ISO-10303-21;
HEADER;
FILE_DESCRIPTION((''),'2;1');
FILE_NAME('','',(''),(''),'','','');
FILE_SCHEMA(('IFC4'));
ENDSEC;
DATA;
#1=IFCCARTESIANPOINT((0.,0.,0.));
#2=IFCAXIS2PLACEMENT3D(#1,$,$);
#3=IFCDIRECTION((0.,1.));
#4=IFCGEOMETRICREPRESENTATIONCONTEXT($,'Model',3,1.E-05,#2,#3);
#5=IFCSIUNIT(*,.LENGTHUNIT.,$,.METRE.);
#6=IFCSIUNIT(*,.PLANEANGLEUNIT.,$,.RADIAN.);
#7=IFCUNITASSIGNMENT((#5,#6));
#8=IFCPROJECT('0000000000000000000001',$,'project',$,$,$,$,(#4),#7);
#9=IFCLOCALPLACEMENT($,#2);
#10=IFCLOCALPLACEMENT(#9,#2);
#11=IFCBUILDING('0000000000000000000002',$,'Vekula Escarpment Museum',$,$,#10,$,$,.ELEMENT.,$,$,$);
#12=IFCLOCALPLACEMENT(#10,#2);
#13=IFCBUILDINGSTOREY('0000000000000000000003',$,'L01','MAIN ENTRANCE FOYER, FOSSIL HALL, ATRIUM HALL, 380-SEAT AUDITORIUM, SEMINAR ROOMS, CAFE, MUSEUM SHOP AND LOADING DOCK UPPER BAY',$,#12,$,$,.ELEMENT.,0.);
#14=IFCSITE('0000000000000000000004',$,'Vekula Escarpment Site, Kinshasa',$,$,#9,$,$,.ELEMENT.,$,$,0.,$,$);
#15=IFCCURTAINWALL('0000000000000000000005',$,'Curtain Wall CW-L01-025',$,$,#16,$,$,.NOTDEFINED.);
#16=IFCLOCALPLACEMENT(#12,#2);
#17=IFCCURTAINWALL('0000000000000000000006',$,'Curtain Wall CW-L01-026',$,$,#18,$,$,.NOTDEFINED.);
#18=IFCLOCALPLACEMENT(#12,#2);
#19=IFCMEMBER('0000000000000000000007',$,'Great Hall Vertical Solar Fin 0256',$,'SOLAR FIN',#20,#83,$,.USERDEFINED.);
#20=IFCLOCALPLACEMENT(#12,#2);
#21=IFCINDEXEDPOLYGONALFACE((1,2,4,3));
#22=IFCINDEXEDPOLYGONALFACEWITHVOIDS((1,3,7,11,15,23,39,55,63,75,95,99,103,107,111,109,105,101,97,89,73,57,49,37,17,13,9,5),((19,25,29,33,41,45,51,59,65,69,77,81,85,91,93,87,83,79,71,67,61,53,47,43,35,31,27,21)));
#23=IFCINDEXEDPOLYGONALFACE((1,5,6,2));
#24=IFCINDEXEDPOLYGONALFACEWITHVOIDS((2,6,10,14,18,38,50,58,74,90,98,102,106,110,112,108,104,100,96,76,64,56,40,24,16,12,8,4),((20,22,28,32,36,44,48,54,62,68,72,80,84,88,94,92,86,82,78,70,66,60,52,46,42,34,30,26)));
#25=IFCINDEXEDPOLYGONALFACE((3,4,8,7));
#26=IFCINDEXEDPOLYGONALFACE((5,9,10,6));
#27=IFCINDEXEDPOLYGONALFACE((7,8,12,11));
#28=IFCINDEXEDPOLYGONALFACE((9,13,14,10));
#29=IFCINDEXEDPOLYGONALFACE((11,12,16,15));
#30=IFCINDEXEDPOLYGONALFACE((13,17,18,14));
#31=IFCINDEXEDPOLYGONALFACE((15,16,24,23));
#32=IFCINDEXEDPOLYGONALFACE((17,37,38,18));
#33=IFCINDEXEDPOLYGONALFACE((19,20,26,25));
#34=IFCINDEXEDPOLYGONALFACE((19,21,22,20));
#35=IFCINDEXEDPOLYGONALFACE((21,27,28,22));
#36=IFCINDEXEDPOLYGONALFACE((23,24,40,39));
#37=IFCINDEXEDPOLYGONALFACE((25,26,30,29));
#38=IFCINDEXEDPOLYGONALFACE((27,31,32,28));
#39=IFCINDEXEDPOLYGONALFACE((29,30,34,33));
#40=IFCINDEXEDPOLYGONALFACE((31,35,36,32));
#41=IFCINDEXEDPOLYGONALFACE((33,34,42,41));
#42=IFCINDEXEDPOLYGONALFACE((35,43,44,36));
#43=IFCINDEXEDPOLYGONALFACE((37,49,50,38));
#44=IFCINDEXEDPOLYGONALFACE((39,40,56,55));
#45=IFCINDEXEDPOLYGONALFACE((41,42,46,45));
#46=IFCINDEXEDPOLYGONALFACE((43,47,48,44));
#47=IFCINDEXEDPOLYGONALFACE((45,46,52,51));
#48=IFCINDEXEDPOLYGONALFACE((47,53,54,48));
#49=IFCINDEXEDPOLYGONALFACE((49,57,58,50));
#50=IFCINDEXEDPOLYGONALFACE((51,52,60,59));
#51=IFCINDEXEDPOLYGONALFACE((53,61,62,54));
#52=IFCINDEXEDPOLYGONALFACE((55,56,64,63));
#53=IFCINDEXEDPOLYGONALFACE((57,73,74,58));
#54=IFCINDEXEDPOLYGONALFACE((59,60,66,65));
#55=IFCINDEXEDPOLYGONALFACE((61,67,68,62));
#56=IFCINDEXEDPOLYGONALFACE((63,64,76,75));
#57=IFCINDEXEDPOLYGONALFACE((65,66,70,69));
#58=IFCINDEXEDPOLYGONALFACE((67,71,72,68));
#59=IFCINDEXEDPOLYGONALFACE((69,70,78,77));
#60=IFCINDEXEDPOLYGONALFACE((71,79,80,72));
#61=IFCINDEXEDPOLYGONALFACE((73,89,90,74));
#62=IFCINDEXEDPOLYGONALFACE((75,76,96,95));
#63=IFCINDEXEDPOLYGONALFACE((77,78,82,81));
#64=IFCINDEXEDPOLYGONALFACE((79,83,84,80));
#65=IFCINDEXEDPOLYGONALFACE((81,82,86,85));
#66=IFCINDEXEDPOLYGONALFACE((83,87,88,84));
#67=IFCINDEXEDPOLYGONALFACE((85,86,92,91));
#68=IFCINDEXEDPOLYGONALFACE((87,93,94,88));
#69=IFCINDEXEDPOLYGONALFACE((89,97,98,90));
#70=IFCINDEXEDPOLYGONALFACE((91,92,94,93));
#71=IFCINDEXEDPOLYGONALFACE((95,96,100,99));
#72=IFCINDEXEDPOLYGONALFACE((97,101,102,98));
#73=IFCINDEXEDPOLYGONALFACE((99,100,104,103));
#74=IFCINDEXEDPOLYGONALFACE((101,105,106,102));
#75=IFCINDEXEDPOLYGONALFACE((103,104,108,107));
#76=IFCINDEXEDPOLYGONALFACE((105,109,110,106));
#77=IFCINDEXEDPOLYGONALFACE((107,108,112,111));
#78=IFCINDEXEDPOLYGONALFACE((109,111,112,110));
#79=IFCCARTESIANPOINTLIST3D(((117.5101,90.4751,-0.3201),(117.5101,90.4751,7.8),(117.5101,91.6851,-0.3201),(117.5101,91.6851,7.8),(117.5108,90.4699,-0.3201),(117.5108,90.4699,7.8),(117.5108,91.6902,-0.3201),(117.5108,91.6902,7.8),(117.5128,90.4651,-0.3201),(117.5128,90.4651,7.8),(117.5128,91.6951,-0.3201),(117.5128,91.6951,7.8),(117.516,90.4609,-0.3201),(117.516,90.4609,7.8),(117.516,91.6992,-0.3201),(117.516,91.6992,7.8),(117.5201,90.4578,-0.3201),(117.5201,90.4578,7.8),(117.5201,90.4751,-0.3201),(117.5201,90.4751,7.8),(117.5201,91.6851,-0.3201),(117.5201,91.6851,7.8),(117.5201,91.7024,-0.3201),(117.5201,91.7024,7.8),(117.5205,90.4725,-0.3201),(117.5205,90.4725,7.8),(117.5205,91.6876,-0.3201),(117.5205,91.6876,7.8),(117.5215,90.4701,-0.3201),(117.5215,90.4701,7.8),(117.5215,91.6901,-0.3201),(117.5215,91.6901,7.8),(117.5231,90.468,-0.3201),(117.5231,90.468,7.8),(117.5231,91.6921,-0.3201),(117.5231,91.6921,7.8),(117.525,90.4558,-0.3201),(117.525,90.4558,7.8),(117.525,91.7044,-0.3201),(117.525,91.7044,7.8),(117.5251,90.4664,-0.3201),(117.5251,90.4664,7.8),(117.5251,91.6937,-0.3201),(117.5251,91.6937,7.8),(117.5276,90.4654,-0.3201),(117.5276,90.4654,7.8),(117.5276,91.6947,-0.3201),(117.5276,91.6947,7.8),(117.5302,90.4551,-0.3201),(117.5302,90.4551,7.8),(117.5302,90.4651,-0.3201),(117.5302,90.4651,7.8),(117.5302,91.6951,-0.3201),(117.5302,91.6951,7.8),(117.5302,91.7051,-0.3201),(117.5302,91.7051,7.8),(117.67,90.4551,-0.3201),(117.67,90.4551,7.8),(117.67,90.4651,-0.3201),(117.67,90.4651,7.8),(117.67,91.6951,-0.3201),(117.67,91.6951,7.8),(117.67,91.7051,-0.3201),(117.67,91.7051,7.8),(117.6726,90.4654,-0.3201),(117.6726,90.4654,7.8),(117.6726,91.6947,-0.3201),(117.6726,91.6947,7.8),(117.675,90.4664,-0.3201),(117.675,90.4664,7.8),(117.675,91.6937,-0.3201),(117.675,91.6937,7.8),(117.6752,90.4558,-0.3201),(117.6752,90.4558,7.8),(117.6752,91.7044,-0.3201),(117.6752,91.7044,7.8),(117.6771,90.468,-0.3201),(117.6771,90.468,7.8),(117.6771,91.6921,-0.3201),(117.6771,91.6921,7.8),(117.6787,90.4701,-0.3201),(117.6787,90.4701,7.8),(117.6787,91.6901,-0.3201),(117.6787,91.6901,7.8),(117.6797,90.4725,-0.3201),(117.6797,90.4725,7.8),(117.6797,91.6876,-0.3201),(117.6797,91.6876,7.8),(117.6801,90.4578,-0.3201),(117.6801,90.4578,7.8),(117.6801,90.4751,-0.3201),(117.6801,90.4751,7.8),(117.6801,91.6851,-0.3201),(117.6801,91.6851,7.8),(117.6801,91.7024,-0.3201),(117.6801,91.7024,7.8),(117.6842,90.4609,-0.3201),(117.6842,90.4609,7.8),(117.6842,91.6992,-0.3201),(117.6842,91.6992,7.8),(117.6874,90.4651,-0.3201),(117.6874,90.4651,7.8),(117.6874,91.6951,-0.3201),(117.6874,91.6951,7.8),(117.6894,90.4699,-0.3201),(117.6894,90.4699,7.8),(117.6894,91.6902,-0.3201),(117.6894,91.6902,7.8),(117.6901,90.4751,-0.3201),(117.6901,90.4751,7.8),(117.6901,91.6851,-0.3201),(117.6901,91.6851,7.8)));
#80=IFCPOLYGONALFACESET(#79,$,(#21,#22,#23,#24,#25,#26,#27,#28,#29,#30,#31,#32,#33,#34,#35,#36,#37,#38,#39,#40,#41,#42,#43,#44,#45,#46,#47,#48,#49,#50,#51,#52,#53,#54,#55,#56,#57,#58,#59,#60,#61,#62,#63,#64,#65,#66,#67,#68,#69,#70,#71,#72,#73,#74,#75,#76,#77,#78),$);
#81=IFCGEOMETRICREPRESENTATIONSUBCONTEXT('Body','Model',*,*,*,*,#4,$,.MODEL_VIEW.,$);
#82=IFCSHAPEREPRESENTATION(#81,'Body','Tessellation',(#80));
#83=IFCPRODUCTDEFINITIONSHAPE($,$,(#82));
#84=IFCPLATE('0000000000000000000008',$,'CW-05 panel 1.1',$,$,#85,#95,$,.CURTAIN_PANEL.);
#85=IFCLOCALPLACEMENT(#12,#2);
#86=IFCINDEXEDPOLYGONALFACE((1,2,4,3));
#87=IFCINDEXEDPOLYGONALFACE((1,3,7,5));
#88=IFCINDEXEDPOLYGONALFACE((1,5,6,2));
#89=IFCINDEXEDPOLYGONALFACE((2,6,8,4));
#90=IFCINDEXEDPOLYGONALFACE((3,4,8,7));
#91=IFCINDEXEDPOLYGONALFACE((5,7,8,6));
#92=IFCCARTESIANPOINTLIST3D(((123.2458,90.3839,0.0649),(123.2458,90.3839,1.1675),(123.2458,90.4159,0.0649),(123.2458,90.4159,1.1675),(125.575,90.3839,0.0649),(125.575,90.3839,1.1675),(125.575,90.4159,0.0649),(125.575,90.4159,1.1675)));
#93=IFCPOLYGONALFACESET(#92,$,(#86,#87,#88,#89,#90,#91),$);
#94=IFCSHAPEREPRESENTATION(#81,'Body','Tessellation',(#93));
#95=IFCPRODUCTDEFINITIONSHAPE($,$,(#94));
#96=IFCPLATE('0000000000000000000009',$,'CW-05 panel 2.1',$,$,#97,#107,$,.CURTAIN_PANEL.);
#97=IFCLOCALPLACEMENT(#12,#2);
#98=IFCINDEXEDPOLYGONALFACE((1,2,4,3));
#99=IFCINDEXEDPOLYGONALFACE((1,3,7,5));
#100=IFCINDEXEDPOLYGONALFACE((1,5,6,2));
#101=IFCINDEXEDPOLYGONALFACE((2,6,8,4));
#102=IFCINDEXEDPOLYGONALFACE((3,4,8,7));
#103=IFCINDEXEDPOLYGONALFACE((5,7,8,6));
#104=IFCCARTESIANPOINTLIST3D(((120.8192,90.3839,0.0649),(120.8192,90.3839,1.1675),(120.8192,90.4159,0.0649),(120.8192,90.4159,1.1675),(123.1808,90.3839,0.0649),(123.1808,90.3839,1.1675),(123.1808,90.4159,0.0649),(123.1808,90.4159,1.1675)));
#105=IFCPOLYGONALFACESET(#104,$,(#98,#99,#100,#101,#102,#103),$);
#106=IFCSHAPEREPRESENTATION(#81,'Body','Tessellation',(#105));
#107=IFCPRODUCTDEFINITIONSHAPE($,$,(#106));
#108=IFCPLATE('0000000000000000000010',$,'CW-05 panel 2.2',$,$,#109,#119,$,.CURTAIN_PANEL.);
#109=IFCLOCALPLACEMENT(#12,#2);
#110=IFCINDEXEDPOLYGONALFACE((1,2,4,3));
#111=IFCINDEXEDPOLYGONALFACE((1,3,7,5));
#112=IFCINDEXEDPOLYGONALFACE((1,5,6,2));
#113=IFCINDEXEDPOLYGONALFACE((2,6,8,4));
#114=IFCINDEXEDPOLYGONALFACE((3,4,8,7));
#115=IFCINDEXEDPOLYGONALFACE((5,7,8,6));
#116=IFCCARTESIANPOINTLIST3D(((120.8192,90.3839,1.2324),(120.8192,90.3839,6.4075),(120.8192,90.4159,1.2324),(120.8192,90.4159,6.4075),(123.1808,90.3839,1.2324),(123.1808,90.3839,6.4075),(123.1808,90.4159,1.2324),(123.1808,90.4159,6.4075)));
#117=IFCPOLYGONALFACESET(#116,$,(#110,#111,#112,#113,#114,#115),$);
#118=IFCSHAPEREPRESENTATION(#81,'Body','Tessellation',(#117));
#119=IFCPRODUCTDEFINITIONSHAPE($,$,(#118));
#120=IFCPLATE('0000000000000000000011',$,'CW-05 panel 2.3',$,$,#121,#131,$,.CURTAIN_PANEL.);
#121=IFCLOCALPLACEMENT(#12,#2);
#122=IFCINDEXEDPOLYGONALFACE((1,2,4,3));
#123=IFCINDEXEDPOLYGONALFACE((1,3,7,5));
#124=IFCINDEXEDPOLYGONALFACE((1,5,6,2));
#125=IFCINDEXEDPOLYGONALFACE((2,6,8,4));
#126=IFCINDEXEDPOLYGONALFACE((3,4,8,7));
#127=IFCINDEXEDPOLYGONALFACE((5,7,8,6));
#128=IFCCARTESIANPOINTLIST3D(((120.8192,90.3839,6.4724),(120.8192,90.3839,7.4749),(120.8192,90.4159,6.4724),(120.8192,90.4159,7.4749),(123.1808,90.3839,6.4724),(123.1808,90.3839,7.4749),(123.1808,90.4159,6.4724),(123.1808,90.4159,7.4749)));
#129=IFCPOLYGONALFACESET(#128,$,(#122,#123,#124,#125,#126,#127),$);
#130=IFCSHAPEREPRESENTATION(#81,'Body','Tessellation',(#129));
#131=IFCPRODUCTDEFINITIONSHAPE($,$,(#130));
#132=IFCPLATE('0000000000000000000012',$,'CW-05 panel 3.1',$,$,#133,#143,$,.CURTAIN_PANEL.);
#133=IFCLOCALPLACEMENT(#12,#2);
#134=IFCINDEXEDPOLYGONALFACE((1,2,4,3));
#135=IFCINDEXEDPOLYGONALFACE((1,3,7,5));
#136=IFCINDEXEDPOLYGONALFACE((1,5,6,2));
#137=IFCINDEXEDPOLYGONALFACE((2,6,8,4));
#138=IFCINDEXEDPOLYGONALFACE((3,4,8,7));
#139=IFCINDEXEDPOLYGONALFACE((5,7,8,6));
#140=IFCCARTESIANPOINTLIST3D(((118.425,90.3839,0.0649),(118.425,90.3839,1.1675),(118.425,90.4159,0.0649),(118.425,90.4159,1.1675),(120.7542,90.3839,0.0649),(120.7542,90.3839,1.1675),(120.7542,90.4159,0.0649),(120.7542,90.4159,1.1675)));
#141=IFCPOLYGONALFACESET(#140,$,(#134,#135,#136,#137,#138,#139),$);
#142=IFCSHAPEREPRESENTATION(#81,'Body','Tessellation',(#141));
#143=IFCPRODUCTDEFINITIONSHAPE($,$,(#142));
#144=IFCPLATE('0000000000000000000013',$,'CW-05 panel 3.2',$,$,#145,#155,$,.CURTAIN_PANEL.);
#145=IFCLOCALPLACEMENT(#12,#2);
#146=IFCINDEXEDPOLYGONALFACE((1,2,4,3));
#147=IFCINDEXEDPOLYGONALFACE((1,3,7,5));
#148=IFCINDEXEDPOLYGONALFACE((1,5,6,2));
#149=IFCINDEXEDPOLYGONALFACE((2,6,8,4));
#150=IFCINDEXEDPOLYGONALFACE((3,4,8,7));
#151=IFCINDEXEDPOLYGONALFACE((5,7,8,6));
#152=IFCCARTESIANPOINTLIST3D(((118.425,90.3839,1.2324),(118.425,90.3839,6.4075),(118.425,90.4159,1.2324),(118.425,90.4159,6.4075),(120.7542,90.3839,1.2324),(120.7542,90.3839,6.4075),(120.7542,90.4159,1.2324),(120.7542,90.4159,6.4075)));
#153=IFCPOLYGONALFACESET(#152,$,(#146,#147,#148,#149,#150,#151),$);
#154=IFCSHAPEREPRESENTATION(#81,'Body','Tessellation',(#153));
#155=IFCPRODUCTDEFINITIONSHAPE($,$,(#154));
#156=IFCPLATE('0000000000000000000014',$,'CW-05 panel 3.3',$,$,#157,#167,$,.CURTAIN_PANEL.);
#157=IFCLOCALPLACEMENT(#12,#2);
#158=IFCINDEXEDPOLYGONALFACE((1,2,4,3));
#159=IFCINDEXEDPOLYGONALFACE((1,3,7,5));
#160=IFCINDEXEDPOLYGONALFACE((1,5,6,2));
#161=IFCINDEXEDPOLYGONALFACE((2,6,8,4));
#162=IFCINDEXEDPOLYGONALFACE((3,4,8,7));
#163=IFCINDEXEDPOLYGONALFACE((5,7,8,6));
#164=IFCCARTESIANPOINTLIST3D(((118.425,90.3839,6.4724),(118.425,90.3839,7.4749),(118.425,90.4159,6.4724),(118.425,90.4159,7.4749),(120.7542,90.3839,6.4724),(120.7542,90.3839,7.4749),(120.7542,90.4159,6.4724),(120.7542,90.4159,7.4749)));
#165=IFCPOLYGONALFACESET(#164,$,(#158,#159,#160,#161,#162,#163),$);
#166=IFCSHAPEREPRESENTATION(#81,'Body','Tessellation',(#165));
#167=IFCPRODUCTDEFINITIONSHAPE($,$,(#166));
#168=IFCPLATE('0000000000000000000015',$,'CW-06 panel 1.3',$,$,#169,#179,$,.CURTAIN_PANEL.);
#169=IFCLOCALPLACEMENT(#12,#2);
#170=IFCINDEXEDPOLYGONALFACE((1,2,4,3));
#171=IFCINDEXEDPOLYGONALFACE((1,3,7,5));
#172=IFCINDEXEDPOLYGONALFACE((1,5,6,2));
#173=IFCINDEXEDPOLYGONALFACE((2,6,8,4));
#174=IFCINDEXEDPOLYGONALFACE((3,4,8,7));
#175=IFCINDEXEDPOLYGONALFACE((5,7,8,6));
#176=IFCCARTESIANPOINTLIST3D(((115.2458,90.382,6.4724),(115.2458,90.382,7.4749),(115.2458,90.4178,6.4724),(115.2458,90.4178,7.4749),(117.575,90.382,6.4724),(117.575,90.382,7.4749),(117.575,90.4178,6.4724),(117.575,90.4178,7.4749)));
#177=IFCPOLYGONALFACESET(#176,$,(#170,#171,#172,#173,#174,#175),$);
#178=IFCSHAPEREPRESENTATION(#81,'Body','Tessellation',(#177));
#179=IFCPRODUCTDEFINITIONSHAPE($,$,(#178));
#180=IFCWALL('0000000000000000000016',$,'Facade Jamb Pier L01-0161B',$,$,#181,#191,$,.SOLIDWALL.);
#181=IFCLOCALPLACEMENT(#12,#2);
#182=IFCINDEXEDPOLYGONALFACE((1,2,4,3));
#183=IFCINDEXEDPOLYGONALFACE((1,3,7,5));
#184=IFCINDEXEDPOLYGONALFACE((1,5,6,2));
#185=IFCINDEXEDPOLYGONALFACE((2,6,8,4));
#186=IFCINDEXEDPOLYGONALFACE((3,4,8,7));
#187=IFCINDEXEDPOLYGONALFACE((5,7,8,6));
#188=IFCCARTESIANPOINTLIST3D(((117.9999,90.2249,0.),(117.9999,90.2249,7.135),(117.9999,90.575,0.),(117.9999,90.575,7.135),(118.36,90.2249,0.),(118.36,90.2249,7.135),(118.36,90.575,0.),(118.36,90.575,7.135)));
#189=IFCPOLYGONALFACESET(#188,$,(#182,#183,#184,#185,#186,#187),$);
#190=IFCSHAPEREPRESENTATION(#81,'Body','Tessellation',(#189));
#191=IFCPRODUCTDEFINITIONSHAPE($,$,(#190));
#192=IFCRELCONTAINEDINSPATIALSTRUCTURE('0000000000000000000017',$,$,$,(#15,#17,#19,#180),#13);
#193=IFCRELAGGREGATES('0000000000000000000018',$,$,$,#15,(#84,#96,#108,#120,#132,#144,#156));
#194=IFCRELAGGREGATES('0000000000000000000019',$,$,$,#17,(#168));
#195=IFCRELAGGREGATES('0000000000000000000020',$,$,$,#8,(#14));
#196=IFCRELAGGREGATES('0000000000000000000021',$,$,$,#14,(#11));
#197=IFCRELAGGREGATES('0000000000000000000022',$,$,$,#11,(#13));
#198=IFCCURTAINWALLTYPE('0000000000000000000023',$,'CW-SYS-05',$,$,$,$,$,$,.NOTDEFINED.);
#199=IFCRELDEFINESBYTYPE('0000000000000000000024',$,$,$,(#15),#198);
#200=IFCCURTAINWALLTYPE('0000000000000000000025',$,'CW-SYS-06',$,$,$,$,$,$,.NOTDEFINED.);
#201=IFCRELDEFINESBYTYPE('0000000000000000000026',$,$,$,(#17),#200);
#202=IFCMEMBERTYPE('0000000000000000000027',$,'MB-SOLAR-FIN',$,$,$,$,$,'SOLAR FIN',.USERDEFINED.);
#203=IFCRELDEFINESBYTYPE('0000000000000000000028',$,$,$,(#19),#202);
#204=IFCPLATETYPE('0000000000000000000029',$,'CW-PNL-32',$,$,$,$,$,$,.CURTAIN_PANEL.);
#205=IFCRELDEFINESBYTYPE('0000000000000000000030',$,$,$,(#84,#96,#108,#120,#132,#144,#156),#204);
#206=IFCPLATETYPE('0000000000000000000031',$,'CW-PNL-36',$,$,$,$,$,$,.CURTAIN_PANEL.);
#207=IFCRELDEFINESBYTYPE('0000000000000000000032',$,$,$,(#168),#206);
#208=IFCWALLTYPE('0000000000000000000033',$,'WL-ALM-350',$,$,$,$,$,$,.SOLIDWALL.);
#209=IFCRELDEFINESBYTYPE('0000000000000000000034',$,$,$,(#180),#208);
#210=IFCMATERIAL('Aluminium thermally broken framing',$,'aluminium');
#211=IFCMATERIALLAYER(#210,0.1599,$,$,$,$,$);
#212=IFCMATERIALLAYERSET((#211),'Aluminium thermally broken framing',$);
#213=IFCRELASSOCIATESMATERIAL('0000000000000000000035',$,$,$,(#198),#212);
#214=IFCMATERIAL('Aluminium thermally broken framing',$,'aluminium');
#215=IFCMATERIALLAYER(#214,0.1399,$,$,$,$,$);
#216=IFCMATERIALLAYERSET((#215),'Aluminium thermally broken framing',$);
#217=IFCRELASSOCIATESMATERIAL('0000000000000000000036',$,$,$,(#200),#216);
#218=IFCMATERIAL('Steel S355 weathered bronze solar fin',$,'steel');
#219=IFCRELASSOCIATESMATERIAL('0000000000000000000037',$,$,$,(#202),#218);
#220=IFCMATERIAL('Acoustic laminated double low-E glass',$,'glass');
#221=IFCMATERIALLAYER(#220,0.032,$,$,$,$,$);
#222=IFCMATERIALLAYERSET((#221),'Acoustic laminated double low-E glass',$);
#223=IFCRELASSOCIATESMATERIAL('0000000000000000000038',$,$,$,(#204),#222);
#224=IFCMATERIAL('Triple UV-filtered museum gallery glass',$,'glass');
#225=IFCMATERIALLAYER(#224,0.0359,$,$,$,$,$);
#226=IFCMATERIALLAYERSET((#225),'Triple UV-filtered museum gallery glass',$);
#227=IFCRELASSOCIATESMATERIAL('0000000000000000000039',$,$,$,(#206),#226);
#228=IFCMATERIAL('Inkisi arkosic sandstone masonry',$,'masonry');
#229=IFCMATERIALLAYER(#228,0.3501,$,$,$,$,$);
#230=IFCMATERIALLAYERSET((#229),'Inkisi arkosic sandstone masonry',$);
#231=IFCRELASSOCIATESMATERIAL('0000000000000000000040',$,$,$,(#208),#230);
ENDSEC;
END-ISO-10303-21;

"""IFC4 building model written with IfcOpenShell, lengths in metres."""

from ifc_helpers import new_model, si_unit, direction, frame, frame_2d, origin, origin_2d, place, context, subcontext, project, spatial, rectangle, hollow_rectangle, extrude, material, layer, layer_set, material_profile, profile_set, type_object, element, aggregate, save


model = new_model("IFC4")

# Units and contexts
model_context = context("Model", 3, precision=1e-05, world=origin(), true_north=direction((0.0, 1.0)))
body_context = subcontext(model_context, "Body", "Model", "MODEL_VIEW")
ifc_project = project(units=[si_unit("LENGTHUNIT", "METRE"), si_unit("PLANEANGLEUNIT", "RADIAN")], contexts=[model_context])

# Site, building, storey
site_placement = place(None, origin())
site = spatial("IfcSite", under=ifc_project, at=site_placement, Name="Vekula Escarpment Site, Kinshasa", CompositionType="ELEMENT", RefElevation=0.0)
building_placement = place(site_placement, origin())
building = spatial("IfcBuilding", under=site, at=building_placement, Name="Vekula Escarpment Museum", CompositionType="ELEMENT")
storey_placement = place(building_placement, origin())
storey = spatial("IfcBuildingStorey", under=building, at=storey_placement, Name="L01", Description="MAIN ENTRANCE FOYER, FOSSIL HALL, ATRIUM HALL, 380-SEAT AUDITORIUM, SEMINAR ROOMS, CAFE, MUSEUM SHOP AND LOADING DOCK UPPER BAY", CompositionType="ELEMENT", Elevation=0.0)

# Curtain wall
ifc_material_1 = material(Name="Aluminium thermally broken framing", Category="aluminium")
ifc_layer_1 = layer(ifc_material_1, 0.1599)
ifc_layer_set_1 = layer_set([ifc_layer_1], Name="Aluminium thermally broken framing")
curtain_wall_type_1 = type_object("IfcCurtainWallType", Name="CW-SYS-05", PredefinedType="NOTDEFINED", material=ifc_layer_set_1)
curtain_wall_1_placement = place(storey_placement, origin())
curtain_wall_1 = element("IfcCurtainWall", 1, at=curtain_wall_1_placement, inside=storey, type_object=curtain_wall_type_1, Name="Curtain Wall CW-L01-025", PredefinedType="NOTDEFINED")

# Curtain wall
ifc_material_2 = material(Name="Aluminium thermally broken framing", Category="aluminium")
ifc_layer_2 = layer(ifc_material_2, 0.1399)
ifc_layer_set_2 = layer_set([ifc_layer_2], Name="Aluminium thermally broken framing")
curtain_wall_type_2 = type_object("IfcCurtainWallType", Name="CW-SYS-06", PredefinedType="NOTDEFINED", material=ifc_layer_set_2)
curtain_wall_2_placement = place(storey_placement, origin())
curtain_wall_2 = element("IfcCurtainWall", 2, at=curtain_wall_2_placement, inside=storey, type_object=curtain_wall_type_2, Name="Curtain Wall CW-L01-026", PredefinedType="NOTDEFINED")

# Member
ifc_material_3 = material(Name="Steel S355 weathered bronze solar fin", Category="steel")
ifc_material_profile_1 = material_profile(ifc_material_3, hollow_rectangle(XDim=0.1799, YDim=1.25, WallThickness=0.01, InnerFilletRadius=0.01, OuterFilletRadius=0.02, at=origin_2d()), Name="RHS 1250x180x10")
ifc_profile_set_1 = profile_set([ifc_material_profile_1], Name="Steel S355 weathered bronze solar fin")
member_type_1 = type_object("IfcMemberType", Name="MB-SOLAR-FIN", ElementType="SOLAR FIN", PredefinedType="USERDEFINED", material=ifc_profile_set_1)
for number, where, z_axis, x_axis, name in (
    (3, (117.6001, 91.0801, -0.3201), (0.0, 0.0, 1.0), (1.0, 0.0, 0.0), "Great Hall Vertical Solar Fin 0256"),
):
    element("IfcMember", number, at=place(storey_placement, frame(where, z_axis=z_axis, x_axis=x_axis)), inside=storey, type_object=member_type_1, Name=name, ObjectType="SOLAR FIN", PredefinedType="USERDEFINED", context=body_context, shape_type="SweptSolid", body=[
        extrude(hollow_rectangle(XDim=0.1799, YDim=1.25, WallThickness=0.01, InnerFilletRadius=0.01, OuterFilletRadius=0.02, at=origin_2d()), origin(), (0.0, 0.0, 1.0), 8.1201),
    ])

# Plates
ifc_material_4 = material(Name="Acoustic laminated double low-E glass", Category="glass")
ifc_layer_3 = layer(ifc_material_4, 0.032)
ifc_layer_set_3 = layer_set([ifc_layer_3], Name="Acoustic laminated double low-E glass")
plate_type_1 = type_object("IfcPlateType", Name="CW-PNL-32", PredefinedType="CURTAIN_PANEL", material=ifc_layer_set_3)
plate_1_placement = place(storey_placement, frame((124.4104, 90.3999, 0.0649), z_axis=(0.0, 0.0, 1.0), x_axis=(-1.0, 0.0, 0.0)))
plate_1 = element("IfcPlate", 4, at=plate_1_placement, type_object=plate_type_1, Name="CW-05 panel 1.1", PredefinedType="CURTAIN_PANEL", context=body_context, shape_type="SweptSolid", body=[
    extrude(rectangle(XDim=2.3291, YDim=0.032, at=origin_2d()), origin(), (0.0, 0.0, 1.0), 1.1025),
])
plate_2_placement = place(storey_placement, frame((122.0, 90.3999, 0.0649), z_axis=(0.0, 0.0, 1.0), x_axis=(-1.0, 0.0, 0.0)))
plate_2 = element("IfcPlate", 5, at=plate_2_placement, type_object=plate_type_1, Name="CW-05 panel 2.1", PredefinedType="CURTAIN_PANEL", context=body_context, shape_type="SweptSolid", body=[
    extrude(rectangle(XDim=2.3616, YDim=0.032, at=origin_2d()), origin(), (0.0, 0.0, 1.0), 1.1025),
])
plate_3_placement = place(storey_placement, frame((122.0, 90.3999, 1.2324), z_axis=(0.0, 0.0, 1.0), x_axis=(-1.0, 0.0, 0.0)))
plate_3 = element("IfcPlate", 6, at=plate_3_placement, type_object=plate_type_1, Name="CW-05 panel 2.2", PredefinedType="CURTAIN_PANEL", context=body_context, shape_type="SweptSolid", body=[
    extrude(rectangle(XDim=2.3616, YDim=0.032, at=origin_2d()), origin(), (0.0, 0.0, 1.0), 5.175),
])
plate_4_placement = place(storey_placement, frame((122.0, 90.3999, 6.4724), z_axis=(0.0, 0.0, 1.0), x_axis=(-1.0, 0.0, 0.0)))
plate_4 = element("IfcPlate", 7, at=plate_4_placement, type_object=plate_type_1, Name="CW-05 panel 2.3", PredefinedType="CURTAIN_PANEL", context=body_context, shape_type="SweptSolid", body=[
    extrude(rectangle(XDim=2.3616, YDim=0.032, at=origin_2d()), origin(), (0.0, 0.0, 1.0), 1.0024),
])
plate_5_placement = place(storey_placement, frame((119.5896, 90.3999, 0.0649), z_axis=(0.0, 0.0, 1.0), x_axis=(-1.0, 0.0, 0.0)))
plate_5 = element("IfcPlate", 8, at=plate_5_placement, type_object=plate_type_1, Name="CW-05 panel 3.1", PredefinedType="CURTAIN_PANEL", context=body_context, shape_type="SweptSolid", body=[
    extrude(rectangle(XDim=2.3291, YDim=0.032, at=origin_2d()), origin(), (0.0, 0.0, 1.0), 1.1025),
])
plate_6_placement = place(storey_placement, frame((119.5896, 90.3999, 1.2324), z_axis=(0.0, 0.0, 1.0), x_axis=(-1.0, 0.0, 0.0)))
plate_6 = element("IfcPlate", 9, at=plate_6_placement, type_object=plate_type_1, Name="CW-05 panel 3.2", PredefinedType="CURTAIN_PANEL", context=body_context, shape_type="SweptSolid", body=[
    extrude(rectangle(XDim=2.3291, YDim=0.032, at=origin_2d()), origin(), (0.0, 0.0, 1.0), 5.175),
])
plate_7_placement = place(storey_placement, frame((119.5896, 90.3999, 6.4724), z_axis=(0.0, 0.0, 1.0), x_axis=(-1.0, 0.0, 0.0)))
plate_7 = element("IfcPlate", 10, at=plate_7_placement, type_object=plate_type_1, Name="CW-05 panel 3.3", PredefinedType="CURTAIN_PANEL", context=body_context, shape_type="SweptSolid", body=[
    extrude(rectangle(XDim=2.3291, YDim=0.032, at=origin_2d()), origin(), (0.0, 0.0, 1.0), 1.0024),
])
aggregate(curtain_wall_1, [plate_1, plate_2, plate_3, plate_4, plate_5, plate_6, plate_7])
ifc_material_5 = material(Name="Triple UV-filtered museum gallery glass", Category="glass")
ifc_layer_4 = layer(ifc_material_5, 0.0359)
ifc_layer_set_4 = layer_set([ifc_layer_4], Name="Triple UV-filtered museum gallery glass")
plate_type_2 = type_object("IfcPlateType", Name="CW-PNL-36", PredefinedType="CURTAIN_PANEL", material=ifc_layer_set_4)
plate_8_placement = place(storey_placement, frame((116.4104, 90.3999, 6.4724), z_axis=(0.0, 0.0, 1.0), x_axis=(-1.0, 0.0, 0.0)))
plate_8 = element("IfcPlate", 11, at=plate_8_placement, type_object=plate_type_2, Name="CW-06 panel 1.3", PredefinedType="CURTAIN_PANEL", context=body_context, shape_type="SweptSolid", body=[
    extrude(rectangle(XDim=2.3291, YDim=0.0359, at=origin_2d()), origin(), (0.0, 0.0, 1.0), 1.0024),
])
aggregate(curtain_wall_2, [plate_8])

# Wall
ifc_material_6 = material(Name="Inkisi arkosic sandstone masonry", Category="masonry")
ifc_layer_5 = layer(ifc_material_6, 0.3501)
ifc_layer_set_5 = layer_set([ifc_layer_5], Name="Inkisi arkosic sandstone masonry")
wall_type = type_object("IfcWallType", Name="WL-ALM-350", PredefinedType="SOLIDWALL", material=ifc_layer_set_5)
for number, where, z_axis, x_axis, name in (
    (12, (118.3601, 90.3999, 0.0), (0.0, 0.0, 1.0), (-1.0, 0.0, 0.0), "Facade Jamb Pier L01-0161B"),
):
    element("IfcWall", number, at=place(storey_placement, frame(where, z_axis=z_axis, x_axis=x_axis)), inside=storey, type_object=wall_type, Name=name, PredefinedType="SOLIDWALL", context=body_context, shape_type="SweptSolid", body=[
        extrude(rectangle(XDim=0.3601, YDim=0.3501, at=frame_2d((0.1802, 0.0))), origin(), (0.0, 0.0, 1.0), 7.135),
    ])

save(model, "model.ifc")
